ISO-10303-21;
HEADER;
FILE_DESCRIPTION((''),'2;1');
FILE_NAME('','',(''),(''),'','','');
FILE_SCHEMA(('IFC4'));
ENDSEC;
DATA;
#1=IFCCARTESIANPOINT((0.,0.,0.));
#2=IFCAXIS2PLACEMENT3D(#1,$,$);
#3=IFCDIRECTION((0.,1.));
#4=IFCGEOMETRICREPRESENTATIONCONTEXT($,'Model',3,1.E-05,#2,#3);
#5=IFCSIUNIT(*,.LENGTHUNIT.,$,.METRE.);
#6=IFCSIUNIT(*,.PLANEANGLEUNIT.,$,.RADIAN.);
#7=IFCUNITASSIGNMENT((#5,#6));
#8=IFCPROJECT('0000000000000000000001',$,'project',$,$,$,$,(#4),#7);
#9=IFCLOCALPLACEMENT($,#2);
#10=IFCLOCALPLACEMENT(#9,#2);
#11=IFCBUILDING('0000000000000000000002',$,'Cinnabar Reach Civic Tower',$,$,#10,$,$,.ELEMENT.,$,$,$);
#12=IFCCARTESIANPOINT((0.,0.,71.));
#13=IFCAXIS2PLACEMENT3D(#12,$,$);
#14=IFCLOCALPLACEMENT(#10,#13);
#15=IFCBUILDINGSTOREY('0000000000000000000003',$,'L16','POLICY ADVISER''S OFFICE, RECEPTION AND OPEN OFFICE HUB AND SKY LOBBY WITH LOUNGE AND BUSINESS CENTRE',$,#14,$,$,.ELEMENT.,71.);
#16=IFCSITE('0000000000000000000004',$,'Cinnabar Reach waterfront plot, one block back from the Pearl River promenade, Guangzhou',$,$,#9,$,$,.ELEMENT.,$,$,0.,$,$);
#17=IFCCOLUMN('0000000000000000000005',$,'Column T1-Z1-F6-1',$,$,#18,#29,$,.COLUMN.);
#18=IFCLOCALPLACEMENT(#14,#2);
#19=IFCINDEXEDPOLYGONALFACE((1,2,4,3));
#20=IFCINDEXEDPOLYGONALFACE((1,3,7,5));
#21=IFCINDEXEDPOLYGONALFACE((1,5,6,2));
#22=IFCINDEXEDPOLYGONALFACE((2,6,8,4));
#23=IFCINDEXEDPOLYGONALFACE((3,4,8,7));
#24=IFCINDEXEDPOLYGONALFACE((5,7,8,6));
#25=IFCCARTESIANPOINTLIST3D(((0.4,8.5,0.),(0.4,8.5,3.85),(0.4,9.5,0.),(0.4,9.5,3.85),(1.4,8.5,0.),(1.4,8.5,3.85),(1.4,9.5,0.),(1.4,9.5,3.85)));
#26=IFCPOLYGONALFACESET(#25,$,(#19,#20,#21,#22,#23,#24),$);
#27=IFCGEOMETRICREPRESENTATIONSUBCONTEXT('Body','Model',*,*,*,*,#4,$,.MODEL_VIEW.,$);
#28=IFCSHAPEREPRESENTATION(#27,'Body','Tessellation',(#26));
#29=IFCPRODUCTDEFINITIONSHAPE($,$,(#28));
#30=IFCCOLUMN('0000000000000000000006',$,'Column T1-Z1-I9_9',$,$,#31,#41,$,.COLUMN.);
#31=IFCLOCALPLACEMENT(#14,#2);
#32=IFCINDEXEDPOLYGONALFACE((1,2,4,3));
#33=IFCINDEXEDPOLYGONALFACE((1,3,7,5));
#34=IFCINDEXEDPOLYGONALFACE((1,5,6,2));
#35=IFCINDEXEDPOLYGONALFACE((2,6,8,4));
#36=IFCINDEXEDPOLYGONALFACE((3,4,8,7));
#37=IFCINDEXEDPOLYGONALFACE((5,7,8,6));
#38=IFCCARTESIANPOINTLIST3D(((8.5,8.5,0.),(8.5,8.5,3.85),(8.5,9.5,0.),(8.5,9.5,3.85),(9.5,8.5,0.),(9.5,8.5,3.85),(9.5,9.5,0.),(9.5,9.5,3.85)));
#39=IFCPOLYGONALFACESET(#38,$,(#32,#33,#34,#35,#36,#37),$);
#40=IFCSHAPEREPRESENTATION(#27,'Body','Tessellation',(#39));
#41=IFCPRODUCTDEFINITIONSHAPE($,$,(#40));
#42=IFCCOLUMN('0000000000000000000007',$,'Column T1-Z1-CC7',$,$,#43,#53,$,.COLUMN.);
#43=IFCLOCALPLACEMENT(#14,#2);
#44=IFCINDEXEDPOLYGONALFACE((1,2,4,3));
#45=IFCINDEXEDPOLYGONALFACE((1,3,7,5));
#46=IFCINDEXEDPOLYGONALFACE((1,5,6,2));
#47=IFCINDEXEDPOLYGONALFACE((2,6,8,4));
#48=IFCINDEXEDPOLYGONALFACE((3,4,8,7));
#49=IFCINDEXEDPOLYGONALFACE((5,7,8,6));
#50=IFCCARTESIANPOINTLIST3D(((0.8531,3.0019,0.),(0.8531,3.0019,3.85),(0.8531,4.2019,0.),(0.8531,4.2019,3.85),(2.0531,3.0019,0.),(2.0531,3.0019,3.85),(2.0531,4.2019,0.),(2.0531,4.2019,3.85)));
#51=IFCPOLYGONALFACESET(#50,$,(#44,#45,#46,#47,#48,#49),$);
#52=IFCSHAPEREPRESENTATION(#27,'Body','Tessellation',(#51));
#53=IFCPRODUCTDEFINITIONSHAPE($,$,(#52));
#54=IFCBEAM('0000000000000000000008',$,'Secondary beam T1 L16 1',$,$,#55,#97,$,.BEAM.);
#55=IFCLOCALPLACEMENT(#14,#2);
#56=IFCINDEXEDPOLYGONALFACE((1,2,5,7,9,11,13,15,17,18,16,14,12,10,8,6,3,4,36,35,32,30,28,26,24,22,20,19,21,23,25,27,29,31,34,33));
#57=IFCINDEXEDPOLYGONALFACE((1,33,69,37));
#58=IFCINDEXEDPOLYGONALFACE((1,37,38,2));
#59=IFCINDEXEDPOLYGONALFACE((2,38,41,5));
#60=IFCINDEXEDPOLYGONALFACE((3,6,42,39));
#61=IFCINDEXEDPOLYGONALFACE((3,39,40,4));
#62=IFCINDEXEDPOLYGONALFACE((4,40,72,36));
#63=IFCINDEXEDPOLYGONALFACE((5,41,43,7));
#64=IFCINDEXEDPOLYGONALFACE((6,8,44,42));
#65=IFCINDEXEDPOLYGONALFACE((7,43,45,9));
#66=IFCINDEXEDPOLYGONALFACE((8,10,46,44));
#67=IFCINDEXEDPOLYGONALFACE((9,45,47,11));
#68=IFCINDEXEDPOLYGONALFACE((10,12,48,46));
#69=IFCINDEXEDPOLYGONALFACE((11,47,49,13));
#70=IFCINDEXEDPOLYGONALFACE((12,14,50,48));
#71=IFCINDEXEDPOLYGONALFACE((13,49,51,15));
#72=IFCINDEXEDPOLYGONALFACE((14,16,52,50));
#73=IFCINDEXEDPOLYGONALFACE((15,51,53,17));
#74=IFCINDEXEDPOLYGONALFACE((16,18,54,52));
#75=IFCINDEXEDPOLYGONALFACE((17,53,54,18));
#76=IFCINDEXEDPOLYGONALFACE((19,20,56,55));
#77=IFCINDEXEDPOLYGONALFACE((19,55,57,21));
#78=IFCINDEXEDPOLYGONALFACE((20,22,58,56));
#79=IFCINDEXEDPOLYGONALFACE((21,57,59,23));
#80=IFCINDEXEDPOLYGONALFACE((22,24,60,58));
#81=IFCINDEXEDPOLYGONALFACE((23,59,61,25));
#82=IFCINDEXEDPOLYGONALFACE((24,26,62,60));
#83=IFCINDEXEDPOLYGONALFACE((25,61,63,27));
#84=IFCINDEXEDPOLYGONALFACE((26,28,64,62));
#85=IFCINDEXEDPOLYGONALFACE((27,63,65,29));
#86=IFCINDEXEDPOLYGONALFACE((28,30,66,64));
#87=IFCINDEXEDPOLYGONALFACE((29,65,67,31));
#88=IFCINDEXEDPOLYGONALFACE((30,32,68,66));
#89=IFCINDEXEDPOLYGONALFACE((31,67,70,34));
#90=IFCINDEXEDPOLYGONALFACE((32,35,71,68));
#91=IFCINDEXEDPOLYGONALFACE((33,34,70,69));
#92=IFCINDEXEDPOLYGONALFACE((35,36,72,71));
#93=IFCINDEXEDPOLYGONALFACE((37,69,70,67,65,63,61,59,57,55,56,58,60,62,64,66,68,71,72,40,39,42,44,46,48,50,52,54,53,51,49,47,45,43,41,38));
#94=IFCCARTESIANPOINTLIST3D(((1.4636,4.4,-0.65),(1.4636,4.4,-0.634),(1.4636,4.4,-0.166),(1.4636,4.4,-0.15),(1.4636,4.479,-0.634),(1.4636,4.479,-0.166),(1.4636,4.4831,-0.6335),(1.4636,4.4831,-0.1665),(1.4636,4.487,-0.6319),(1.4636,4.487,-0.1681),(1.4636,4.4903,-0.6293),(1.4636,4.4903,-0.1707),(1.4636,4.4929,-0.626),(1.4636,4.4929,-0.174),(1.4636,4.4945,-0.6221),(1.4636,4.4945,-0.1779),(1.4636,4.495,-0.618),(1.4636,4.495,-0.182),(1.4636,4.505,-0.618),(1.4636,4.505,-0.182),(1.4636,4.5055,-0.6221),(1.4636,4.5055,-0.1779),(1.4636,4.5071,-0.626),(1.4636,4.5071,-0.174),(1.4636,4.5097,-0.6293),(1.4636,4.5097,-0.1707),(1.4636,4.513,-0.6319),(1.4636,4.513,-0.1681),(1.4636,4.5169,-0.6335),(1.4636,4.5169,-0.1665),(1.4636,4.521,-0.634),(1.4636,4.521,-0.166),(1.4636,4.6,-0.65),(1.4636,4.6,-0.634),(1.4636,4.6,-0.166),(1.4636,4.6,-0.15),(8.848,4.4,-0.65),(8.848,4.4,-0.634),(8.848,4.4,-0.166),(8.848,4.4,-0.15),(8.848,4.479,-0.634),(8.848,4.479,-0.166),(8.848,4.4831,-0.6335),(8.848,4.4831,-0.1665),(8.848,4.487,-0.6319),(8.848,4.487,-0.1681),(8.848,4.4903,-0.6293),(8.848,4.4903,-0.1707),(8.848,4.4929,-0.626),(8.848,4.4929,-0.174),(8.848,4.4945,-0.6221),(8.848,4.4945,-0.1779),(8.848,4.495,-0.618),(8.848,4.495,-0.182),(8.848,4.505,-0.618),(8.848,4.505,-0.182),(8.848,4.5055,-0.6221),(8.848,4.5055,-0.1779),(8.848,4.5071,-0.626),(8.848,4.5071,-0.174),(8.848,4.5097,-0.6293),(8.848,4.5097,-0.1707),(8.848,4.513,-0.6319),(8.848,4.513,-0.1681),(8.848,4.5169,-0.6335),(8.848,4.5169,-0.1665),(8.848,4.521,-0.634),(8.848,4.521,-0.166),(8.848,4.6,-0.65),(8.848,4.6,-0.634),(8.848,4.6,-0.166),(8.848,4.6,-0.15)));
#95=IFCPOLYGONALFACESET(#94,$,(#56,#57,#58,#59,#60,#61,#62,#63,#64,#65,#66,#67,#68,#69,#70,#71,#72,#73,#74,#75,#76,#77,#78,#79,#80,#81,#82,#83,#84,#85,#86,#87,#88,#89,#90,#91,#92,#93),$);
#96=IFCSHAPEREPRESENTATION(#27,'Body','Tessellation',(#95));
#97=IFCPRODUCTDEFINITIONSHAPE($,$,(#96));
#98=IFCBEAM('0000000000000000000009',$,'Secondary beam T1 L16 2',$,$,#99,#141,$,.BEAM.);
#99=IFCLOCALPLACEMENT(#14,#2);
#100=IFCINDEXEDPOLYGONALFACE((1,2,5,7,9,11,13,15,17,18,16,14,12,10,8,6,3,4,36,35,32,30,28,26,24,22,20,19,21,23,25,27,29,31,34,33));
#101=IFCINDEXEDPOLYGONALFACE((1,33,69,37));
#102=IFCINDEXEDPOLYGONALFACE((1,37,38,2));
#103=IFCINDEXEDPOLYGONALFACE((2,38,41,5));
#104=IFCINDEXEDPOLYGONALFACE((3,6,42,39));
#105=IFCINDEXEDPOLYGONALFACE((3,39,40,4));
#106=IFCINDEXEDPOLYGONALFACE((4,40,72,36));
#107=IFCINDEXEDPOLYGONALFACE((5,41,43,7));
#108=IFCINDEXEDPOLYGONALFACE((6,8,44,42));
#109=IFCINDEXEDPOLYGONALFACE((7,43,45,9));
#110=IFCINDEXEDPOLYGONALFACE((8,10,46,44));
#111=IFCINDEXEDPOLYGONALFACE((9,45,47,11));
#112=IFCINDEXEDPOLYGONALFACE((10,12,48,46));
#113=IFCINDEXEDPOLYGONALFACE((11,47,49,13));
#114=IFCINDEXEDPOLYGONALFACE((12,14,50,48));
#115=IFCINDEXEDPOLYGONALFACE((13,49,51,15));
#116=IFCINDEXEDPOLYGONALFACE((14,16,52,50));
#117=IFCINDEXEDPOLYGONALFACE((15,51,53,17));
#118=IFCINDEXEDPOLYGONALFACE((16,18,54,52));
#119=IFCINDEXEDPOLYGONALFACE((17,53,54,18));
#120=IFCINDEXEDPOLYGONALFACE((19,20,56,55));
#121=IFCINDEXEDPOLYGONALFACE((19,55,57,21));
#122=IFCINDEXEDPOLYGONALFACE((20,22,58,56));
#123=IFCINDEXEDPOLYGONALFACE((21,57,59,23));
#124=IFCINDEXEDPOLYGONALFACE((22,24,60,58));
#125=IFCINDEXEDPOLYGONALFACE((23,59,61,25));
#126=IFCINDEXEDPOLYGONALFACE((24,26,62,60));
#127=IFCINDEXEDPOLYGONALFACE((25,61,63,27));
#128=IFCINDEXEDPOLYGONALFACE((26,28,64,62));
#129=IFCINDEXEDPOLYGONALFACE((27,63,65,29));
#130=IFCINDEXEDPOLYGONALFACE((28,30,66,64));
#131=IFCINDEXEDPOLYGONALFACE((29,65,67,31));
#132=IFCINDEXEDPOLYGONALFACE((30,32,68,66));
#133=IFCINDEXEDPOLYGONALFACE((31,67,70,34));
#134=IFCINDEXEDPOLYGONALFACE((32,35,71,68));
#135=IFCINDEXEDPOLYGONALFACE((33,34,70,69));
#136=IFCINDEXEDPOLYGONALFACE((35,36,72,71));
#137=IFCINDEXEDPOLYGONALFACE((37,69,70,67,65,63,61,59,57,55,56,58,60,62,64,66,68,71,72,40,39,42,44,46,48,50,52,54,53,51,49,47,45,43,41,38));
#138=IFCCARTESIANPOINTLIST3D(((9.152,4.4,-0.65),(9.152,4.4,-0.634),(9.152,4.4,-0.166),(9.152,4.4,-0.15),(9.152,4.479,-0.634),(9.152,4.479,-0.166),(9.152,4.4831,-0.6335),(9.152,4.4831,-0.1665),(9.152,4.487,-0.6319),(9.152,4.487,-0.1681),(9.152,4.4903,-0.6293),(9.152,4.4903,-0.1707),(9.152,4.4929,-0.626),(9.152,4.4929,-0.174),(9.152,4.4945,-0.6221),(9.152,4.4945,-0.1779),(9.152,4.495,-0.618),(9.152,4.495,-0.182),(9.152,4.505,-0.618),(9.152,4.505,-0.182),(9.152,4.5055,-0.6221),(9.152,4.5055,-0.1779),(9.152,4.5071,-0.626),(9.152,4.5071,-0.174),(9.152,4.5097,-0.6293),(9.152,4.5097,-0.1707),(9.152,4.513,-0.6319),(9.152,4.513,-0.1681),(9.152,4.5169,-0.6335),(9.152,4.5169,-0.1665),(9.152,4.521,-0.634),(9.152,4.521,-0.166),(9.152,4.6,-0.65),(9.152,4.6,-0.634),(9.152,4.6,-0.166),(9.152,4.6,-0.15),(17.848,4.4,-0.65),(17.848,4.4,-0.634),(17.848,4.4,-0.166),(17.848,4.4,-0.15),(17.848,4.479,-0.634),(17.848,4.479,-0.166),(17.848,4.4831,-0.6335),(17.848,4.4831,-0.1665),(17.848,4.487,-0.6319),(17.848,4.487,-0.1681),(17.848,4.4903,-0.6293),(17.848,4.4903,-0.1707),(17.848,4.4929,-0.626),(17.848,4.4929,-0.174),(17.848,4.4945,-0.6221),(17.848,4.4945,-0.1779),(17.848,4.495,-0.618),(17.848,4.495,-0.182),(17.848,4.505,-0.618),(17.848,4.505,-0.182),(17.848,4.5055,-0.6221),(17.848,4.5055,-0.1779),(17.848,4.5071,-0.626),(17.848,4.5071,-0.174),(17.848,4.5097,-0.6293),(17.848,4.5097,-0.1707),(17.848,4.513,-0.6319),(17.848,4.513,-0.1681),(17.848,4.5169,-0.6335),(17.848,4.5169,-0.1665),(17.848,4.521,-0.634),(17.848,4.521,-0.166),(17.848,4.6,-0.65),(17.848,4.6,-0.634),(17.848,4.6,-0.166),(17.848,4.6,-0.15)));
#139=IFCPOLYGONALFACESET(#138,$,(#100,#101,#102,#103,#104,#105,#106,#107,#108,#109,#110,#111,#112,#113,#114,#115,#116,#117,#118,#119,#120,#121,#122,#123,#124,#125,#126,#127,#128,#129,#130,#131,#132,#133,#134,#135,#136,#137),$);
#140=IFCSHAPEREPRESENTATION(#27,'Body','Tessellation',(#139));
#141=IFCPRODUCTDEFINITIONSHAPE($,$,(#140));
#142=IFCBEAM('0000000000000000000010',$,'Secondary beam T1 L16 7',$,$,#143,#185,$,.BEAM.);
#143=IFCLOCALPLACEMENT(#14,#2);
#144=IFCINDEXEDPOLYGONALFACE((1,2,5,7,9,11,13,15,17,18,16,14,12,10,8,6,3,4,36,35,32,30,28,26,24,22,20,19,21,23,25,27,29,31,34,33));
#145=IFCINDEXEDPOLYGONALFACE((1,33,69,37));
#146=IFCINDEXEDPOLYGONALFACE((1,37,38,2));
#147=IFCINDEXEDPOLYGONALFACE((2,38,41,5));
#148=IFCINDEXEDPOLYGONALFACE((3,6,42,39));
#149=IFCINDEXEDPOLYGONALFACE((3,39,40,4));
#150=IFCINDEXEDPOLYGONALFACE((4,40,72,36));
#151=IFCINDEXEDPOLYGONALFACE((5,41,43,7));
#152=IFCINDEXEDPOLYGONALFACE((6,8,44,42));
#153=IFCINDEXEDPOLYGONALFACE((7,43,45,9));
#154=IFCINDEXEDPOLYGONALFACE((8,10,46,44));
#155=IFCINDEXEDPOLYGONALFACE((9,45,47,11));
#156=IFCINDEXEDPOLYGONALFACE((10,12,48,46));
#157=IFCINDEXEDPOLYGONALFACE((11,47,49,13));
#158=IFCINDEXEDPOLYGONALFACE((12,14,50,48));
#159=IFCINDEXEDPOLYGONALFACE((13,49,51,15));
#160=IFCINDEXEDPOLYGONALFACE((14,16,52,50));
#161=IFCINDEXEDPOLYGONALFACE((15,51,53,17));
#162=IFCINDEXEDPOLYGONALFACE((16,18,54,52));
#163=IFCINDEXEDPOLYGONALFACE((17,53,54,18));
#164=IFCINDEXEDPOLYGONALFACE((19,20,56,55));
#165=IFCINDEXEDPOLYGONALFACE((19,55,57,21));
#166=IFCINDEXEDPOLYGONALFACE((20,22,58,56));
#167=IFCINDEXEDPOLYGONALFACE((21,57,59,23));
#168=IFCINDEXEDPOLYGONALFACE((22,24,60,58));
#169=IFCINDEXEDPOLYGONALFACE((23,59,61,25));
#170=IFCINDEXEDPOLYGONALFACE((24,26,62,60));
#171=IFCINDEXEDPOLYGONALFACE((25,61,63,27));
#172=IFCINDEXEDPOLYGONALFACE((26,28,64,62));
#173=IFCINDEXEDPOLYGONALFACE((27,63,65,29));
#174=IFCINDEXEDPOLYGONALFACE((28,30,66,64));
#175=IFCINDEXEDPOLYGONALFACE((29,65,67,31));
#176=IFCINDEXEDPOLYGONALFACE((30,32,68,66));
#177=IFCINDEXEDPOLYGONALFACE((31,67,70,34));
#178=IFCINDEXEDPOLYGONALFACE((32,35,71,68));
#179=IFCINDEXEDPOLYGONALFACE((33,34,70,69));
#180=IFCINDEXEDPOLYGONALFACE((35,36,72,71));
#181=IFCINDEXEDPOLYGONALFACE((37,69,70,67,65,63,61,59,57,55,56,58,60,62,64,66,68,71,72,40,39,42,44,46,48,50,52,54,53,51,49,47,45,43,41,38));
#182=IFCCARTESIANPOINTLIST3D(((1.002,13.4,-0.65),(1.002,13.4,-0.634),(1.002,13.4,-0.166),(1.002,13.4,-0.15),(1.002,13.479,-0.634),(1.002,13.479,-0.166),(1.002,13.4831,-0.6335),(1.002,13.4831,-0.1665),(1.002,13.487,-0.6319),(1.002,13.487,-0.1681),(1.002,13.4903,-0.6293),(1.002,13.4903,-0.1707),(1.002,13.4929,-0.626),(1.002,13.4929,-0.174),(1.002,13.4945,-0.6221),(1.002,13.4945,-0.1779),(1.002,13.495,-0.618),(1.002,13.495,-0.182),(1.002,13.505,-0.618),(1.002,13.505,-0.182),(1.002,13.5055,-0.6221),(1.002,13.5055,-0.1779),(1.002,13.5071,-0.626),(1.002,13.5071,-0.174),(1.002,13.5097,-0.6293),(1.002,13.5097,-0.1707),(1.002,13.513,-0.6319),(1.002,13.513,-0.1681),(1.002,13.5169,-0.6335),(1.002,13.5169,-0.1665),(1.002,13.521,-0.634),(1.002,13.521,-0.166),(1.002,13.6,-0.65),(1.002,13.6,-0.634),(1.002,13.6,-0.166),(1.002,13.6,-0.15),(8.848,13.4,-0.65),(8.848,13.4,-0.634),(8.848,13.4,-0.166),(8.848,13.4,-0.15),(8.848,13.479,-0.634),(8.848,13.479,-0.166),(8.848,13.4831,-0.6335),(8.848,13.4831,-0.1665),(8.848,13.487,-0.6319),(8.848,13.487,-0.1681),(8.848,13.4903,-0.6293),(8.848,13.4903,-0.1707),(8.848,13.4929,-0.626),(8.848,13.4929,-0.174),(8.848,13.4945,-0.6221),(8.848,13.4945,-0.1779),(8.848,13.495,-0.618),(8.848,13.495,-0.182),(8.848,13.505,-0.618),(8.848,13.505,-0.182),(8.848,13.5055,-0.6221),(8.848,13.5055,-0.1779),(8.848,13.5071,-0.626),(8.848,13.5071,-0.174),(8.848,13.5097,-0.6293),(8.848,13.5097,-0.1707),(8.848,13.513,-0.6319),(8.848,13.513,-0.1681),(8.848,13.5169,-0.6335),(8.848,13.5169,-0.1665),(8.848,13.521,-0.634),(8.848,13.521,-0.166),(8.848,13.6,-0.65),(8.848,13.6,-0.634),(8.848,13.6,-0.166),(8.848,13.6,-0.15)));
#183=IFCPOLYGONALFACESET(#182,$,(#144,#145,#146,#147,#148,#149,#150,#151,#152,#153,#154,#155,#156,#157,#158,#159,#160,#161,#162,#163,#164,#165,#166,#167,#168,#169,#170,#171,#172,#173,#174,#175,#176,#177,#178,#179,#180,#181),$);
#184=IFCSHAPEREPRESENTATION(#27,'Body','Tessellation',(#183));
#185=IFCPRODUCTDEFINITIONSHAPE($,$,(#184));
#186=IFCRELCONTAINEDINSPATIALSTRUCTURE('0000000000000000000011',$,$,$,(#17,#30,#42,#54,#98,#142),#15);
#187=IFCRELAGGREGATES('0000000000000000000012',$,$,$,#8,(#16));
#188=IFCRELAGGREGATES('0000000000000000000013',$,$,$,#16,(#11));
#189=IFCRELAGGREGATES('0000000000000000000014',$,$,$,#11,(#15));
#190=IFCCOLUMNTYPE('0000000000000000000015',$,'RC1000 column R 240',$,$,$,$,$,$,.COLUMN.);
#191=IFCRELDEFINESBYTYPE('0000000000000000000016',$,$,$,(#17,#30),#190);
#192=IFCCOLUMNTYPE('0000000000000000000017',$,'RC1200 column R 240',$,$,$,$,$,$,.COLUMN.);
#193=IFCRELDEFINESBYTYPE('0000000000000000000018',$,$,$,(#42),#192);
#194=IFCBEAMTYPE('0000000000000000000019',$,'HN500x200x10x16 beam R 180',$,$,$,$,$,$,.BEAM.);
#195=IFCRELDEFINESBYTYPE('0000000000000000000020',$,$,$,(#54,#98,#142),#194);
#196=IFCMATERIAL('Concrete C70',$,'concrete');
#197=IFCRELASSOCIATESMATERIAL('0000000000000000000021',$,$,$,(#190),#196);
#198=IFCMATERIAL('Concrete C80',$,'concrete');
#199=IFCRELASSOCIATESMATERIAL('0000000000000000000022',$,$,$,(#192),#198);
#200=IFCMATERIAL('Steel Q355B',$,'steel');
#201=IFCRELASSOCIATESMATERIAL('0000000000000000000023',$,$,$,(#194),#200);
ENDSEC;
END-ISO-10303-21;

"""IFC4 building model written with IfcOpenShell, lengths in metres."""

from ifc_helpers import new_model, si_unit, direction, frame, origin, origin_2d, place, context, subcontext, project, spatial, rectangle, i_section, extrude, material, material_profile, profile_set, type_object, element, save


model = new_model("IFC4")

# Units and contexts
model_context = context("Model", 3, precision=1e-05, world=origin(), true_north=direction((0.0, 1.0)))
body_context = subcontext(model_context, "Body", "Model", "MODEL_VIEW")
ifc_project = project(units=[si_unit("LENGTHUNIT", "METRE"), si_unit("PLANEANGLEUNIT", "RADIAN")], contexts=[model_context])

# Site, building, storey
site_placement = place(None, origin())
site = spatial("IfcSite", under=ifc_project, at=site_placement, Name="Cinnabar Reach waterfront plot, one block back from the Pearl River promenade, Guangzhou", CompositionType="ELEMENT", RefElevation=0.0)
building_placement = place(site_placement, origin())
building = spatial("IfcBuilding", under=site, at=building_placement, Name="Cinnabar Reach Civic Tower", CompositionType="ELEMENT")
storey_placement = place(building_placement, frame((0.0, 0.0, 71.0)))
storey = spatial("IfcBuildingStorey", under=building, at=storey_placement, Name="L16", Description="POLICY ADVISER'S OFFICE, RECEPTION AND OPEN OFFICE HUB AND SKY LOBBY WITH LOUNGE AND BUSINESS CENTRE", CompositionType="ELEMENT", Elevation=71.0)

# Columns
ifc_material_1 = material(Name="Concrete C70", Category="concrete")
ifc_material_profile_1 = material_profile(ifc_material_1, rectangle(XDim=1.0, YDim=1.0, at=origin_2d()), Name="RC1000")
ifc_profile_set_1 = profile_set([ifc_material_profile_1], Name="Concrete C70")
column_type_1 = type_object("IfcColumnType", Name="RC1000 column R 240", PredefinedType="COLUMN", material=ifc_profile_set_1)
for number, where, z_axis, x_axis, name in (
    (1, (0.9, 9.0, 0.0), (0.0, 0.0, 1.0), (1.0, 0.0, 0.0), "Column T1-Z1-F6-1"),
    (2, (9.0, 9.0, 0.0), (0.0, 0.0, 1.0), (1.0, 0.0, 0.0), "Column T1-Z1-I9_9"),
):
    element("IfcColumn", number, at=place(storey_placement, frame(where, z_axis=z_axis, x_axis=x_axis)), inside=storey, type_object=column_type_1, Name=name, PredefinedType="COLUMN", context=body_context, shape_type="SweptSolid", body=[
        extrude(rectangle(XDim=1.0, YDim=1.0, at=origin_2d()), origin(), (0.0, 0.0, 1.0), 3.85),
    ])
ifc_material_2 = material(Name="Concrete C80", Category="concrete")
ifc_material_profile_2 = material_profile(ifc_material_2, rectangle(XDim=1.2, YDim=1.2, at=origin_2d()), Name="RC1200")
ifc_profile_set_2 = profile_set([ifc_material_profile_2], Name="Concrete C80")
column_type_2 = type_object("IfcColumnType", Name="RC1200 column R 240", PredefinedType="COLUMN", material=ifc_profile_set_2)
column_placement = place(storey_placement, frame((1.4531, 3.6019, 0.0), z_axis=(0.0, 0.0, 1.0), x_axis=(1.0, 0.0, 0.0)))
element("IfcColumn", 3, at=column_placement, inside=storey, type_object=column_type_2, Name="Column T1-Z1-CC7", PredefinedType="COLUMN", context=body_context, shape_type="SweptSolid", body=[
    extrude(rectangle(XDim=1.2, YDim=1.2, at=origin_2d()), origin(), (0.0, 0.0, 1.0), 3.85),
])

# Beams
ifc_material_3 = material(Name="Steel Q355B", Category="steel")
ifc_material_profile_3 = material_profile(ifc_material_3, i_section(OverallWidth=0.2, OverallDepth=0.5, WebThickness=0.01, FlangeThickness=0.016, FilletRadius=0.016, at=origin_2d()), Name="HN500x200x10x16")
ifc_profile_set_3 = profile_set([ifc_material_profile_3], Name="Steel Q355B")
beam_type_1 = type_object("IfcBeamType", Name="HN500x200x10x16 beam R 180", PredefinedType="BEAM", material=ifc_profile_set_3)
beam_1_placement = place(storey_placement, frame((1.4636, 4.5, -0.4), z_axis=(1.0, 0.0, 0.0), x_axis=(0.0, 1.0, 0.0)))
element("IfcBeam", 4, at=beam_1_placement, inside=storey, type_object=beam_type_1, Name="Secondary beam T1 L16 1", PredefinedType="BEAM", context=body_context, shape_type="SweptSolid", body=[
    extrude(i_section(OverallWidth=0.2, OverallDepth=0.5, WebThickness=0.01, FlangeThickness=0.016, FilletRadius=0.016, at=origin_2d()), origin(), (0.0, 0.0, 1.0), 7.3844),
])
beam_2_placement = place(storey_placement, frame((9.152, 4.5, -0.4), z_axis=(1.0, 0.0, 0.0), x_axis=(0.0, 1.0, 0.0)))
element("IfcBeam", 5, at=beam_2_placement, inside=storey, type_object=beam_type_1, Name="Secondary beam T1 L16 2", PredefinedType="BEAM", context=body_context, shape_type="SweptSolid", body=[
    extrude(i_section(OverallWidth=0.2, OverallDepth=0.5, WebThickness=0.01, FlangeThickness=0.016, FilletRadius=0.016, at=origin_2d()), origin(), (0.0, 0.0, 1.0), 8.696),
])
beam_3_placement = place(storey_placement, frame((1.002, 13.5, -0.4), z_axis=(1.0, 0.0, 0.0), x_axis=(0.0, 1.0, 0.0)))
element("IfcBeam", 6, at=beam_3_placement, inside=storey, type_object=beam_type_1, Name="Secondary beam T1 L16 7", PredefinedType="BEAM", context=body_context, shape_type="SweptSolid", body=[
    extrude(i_section(OverallWidth=0.2, OverallDepth=0.5, WebThickness=0.01, FlangeThickness=0.016, FilletRadius=0.016, at=origin_2d()), origin(), (0.0, 0.0, 1.0), 7.846),
])

save(model, "model.ifc")
